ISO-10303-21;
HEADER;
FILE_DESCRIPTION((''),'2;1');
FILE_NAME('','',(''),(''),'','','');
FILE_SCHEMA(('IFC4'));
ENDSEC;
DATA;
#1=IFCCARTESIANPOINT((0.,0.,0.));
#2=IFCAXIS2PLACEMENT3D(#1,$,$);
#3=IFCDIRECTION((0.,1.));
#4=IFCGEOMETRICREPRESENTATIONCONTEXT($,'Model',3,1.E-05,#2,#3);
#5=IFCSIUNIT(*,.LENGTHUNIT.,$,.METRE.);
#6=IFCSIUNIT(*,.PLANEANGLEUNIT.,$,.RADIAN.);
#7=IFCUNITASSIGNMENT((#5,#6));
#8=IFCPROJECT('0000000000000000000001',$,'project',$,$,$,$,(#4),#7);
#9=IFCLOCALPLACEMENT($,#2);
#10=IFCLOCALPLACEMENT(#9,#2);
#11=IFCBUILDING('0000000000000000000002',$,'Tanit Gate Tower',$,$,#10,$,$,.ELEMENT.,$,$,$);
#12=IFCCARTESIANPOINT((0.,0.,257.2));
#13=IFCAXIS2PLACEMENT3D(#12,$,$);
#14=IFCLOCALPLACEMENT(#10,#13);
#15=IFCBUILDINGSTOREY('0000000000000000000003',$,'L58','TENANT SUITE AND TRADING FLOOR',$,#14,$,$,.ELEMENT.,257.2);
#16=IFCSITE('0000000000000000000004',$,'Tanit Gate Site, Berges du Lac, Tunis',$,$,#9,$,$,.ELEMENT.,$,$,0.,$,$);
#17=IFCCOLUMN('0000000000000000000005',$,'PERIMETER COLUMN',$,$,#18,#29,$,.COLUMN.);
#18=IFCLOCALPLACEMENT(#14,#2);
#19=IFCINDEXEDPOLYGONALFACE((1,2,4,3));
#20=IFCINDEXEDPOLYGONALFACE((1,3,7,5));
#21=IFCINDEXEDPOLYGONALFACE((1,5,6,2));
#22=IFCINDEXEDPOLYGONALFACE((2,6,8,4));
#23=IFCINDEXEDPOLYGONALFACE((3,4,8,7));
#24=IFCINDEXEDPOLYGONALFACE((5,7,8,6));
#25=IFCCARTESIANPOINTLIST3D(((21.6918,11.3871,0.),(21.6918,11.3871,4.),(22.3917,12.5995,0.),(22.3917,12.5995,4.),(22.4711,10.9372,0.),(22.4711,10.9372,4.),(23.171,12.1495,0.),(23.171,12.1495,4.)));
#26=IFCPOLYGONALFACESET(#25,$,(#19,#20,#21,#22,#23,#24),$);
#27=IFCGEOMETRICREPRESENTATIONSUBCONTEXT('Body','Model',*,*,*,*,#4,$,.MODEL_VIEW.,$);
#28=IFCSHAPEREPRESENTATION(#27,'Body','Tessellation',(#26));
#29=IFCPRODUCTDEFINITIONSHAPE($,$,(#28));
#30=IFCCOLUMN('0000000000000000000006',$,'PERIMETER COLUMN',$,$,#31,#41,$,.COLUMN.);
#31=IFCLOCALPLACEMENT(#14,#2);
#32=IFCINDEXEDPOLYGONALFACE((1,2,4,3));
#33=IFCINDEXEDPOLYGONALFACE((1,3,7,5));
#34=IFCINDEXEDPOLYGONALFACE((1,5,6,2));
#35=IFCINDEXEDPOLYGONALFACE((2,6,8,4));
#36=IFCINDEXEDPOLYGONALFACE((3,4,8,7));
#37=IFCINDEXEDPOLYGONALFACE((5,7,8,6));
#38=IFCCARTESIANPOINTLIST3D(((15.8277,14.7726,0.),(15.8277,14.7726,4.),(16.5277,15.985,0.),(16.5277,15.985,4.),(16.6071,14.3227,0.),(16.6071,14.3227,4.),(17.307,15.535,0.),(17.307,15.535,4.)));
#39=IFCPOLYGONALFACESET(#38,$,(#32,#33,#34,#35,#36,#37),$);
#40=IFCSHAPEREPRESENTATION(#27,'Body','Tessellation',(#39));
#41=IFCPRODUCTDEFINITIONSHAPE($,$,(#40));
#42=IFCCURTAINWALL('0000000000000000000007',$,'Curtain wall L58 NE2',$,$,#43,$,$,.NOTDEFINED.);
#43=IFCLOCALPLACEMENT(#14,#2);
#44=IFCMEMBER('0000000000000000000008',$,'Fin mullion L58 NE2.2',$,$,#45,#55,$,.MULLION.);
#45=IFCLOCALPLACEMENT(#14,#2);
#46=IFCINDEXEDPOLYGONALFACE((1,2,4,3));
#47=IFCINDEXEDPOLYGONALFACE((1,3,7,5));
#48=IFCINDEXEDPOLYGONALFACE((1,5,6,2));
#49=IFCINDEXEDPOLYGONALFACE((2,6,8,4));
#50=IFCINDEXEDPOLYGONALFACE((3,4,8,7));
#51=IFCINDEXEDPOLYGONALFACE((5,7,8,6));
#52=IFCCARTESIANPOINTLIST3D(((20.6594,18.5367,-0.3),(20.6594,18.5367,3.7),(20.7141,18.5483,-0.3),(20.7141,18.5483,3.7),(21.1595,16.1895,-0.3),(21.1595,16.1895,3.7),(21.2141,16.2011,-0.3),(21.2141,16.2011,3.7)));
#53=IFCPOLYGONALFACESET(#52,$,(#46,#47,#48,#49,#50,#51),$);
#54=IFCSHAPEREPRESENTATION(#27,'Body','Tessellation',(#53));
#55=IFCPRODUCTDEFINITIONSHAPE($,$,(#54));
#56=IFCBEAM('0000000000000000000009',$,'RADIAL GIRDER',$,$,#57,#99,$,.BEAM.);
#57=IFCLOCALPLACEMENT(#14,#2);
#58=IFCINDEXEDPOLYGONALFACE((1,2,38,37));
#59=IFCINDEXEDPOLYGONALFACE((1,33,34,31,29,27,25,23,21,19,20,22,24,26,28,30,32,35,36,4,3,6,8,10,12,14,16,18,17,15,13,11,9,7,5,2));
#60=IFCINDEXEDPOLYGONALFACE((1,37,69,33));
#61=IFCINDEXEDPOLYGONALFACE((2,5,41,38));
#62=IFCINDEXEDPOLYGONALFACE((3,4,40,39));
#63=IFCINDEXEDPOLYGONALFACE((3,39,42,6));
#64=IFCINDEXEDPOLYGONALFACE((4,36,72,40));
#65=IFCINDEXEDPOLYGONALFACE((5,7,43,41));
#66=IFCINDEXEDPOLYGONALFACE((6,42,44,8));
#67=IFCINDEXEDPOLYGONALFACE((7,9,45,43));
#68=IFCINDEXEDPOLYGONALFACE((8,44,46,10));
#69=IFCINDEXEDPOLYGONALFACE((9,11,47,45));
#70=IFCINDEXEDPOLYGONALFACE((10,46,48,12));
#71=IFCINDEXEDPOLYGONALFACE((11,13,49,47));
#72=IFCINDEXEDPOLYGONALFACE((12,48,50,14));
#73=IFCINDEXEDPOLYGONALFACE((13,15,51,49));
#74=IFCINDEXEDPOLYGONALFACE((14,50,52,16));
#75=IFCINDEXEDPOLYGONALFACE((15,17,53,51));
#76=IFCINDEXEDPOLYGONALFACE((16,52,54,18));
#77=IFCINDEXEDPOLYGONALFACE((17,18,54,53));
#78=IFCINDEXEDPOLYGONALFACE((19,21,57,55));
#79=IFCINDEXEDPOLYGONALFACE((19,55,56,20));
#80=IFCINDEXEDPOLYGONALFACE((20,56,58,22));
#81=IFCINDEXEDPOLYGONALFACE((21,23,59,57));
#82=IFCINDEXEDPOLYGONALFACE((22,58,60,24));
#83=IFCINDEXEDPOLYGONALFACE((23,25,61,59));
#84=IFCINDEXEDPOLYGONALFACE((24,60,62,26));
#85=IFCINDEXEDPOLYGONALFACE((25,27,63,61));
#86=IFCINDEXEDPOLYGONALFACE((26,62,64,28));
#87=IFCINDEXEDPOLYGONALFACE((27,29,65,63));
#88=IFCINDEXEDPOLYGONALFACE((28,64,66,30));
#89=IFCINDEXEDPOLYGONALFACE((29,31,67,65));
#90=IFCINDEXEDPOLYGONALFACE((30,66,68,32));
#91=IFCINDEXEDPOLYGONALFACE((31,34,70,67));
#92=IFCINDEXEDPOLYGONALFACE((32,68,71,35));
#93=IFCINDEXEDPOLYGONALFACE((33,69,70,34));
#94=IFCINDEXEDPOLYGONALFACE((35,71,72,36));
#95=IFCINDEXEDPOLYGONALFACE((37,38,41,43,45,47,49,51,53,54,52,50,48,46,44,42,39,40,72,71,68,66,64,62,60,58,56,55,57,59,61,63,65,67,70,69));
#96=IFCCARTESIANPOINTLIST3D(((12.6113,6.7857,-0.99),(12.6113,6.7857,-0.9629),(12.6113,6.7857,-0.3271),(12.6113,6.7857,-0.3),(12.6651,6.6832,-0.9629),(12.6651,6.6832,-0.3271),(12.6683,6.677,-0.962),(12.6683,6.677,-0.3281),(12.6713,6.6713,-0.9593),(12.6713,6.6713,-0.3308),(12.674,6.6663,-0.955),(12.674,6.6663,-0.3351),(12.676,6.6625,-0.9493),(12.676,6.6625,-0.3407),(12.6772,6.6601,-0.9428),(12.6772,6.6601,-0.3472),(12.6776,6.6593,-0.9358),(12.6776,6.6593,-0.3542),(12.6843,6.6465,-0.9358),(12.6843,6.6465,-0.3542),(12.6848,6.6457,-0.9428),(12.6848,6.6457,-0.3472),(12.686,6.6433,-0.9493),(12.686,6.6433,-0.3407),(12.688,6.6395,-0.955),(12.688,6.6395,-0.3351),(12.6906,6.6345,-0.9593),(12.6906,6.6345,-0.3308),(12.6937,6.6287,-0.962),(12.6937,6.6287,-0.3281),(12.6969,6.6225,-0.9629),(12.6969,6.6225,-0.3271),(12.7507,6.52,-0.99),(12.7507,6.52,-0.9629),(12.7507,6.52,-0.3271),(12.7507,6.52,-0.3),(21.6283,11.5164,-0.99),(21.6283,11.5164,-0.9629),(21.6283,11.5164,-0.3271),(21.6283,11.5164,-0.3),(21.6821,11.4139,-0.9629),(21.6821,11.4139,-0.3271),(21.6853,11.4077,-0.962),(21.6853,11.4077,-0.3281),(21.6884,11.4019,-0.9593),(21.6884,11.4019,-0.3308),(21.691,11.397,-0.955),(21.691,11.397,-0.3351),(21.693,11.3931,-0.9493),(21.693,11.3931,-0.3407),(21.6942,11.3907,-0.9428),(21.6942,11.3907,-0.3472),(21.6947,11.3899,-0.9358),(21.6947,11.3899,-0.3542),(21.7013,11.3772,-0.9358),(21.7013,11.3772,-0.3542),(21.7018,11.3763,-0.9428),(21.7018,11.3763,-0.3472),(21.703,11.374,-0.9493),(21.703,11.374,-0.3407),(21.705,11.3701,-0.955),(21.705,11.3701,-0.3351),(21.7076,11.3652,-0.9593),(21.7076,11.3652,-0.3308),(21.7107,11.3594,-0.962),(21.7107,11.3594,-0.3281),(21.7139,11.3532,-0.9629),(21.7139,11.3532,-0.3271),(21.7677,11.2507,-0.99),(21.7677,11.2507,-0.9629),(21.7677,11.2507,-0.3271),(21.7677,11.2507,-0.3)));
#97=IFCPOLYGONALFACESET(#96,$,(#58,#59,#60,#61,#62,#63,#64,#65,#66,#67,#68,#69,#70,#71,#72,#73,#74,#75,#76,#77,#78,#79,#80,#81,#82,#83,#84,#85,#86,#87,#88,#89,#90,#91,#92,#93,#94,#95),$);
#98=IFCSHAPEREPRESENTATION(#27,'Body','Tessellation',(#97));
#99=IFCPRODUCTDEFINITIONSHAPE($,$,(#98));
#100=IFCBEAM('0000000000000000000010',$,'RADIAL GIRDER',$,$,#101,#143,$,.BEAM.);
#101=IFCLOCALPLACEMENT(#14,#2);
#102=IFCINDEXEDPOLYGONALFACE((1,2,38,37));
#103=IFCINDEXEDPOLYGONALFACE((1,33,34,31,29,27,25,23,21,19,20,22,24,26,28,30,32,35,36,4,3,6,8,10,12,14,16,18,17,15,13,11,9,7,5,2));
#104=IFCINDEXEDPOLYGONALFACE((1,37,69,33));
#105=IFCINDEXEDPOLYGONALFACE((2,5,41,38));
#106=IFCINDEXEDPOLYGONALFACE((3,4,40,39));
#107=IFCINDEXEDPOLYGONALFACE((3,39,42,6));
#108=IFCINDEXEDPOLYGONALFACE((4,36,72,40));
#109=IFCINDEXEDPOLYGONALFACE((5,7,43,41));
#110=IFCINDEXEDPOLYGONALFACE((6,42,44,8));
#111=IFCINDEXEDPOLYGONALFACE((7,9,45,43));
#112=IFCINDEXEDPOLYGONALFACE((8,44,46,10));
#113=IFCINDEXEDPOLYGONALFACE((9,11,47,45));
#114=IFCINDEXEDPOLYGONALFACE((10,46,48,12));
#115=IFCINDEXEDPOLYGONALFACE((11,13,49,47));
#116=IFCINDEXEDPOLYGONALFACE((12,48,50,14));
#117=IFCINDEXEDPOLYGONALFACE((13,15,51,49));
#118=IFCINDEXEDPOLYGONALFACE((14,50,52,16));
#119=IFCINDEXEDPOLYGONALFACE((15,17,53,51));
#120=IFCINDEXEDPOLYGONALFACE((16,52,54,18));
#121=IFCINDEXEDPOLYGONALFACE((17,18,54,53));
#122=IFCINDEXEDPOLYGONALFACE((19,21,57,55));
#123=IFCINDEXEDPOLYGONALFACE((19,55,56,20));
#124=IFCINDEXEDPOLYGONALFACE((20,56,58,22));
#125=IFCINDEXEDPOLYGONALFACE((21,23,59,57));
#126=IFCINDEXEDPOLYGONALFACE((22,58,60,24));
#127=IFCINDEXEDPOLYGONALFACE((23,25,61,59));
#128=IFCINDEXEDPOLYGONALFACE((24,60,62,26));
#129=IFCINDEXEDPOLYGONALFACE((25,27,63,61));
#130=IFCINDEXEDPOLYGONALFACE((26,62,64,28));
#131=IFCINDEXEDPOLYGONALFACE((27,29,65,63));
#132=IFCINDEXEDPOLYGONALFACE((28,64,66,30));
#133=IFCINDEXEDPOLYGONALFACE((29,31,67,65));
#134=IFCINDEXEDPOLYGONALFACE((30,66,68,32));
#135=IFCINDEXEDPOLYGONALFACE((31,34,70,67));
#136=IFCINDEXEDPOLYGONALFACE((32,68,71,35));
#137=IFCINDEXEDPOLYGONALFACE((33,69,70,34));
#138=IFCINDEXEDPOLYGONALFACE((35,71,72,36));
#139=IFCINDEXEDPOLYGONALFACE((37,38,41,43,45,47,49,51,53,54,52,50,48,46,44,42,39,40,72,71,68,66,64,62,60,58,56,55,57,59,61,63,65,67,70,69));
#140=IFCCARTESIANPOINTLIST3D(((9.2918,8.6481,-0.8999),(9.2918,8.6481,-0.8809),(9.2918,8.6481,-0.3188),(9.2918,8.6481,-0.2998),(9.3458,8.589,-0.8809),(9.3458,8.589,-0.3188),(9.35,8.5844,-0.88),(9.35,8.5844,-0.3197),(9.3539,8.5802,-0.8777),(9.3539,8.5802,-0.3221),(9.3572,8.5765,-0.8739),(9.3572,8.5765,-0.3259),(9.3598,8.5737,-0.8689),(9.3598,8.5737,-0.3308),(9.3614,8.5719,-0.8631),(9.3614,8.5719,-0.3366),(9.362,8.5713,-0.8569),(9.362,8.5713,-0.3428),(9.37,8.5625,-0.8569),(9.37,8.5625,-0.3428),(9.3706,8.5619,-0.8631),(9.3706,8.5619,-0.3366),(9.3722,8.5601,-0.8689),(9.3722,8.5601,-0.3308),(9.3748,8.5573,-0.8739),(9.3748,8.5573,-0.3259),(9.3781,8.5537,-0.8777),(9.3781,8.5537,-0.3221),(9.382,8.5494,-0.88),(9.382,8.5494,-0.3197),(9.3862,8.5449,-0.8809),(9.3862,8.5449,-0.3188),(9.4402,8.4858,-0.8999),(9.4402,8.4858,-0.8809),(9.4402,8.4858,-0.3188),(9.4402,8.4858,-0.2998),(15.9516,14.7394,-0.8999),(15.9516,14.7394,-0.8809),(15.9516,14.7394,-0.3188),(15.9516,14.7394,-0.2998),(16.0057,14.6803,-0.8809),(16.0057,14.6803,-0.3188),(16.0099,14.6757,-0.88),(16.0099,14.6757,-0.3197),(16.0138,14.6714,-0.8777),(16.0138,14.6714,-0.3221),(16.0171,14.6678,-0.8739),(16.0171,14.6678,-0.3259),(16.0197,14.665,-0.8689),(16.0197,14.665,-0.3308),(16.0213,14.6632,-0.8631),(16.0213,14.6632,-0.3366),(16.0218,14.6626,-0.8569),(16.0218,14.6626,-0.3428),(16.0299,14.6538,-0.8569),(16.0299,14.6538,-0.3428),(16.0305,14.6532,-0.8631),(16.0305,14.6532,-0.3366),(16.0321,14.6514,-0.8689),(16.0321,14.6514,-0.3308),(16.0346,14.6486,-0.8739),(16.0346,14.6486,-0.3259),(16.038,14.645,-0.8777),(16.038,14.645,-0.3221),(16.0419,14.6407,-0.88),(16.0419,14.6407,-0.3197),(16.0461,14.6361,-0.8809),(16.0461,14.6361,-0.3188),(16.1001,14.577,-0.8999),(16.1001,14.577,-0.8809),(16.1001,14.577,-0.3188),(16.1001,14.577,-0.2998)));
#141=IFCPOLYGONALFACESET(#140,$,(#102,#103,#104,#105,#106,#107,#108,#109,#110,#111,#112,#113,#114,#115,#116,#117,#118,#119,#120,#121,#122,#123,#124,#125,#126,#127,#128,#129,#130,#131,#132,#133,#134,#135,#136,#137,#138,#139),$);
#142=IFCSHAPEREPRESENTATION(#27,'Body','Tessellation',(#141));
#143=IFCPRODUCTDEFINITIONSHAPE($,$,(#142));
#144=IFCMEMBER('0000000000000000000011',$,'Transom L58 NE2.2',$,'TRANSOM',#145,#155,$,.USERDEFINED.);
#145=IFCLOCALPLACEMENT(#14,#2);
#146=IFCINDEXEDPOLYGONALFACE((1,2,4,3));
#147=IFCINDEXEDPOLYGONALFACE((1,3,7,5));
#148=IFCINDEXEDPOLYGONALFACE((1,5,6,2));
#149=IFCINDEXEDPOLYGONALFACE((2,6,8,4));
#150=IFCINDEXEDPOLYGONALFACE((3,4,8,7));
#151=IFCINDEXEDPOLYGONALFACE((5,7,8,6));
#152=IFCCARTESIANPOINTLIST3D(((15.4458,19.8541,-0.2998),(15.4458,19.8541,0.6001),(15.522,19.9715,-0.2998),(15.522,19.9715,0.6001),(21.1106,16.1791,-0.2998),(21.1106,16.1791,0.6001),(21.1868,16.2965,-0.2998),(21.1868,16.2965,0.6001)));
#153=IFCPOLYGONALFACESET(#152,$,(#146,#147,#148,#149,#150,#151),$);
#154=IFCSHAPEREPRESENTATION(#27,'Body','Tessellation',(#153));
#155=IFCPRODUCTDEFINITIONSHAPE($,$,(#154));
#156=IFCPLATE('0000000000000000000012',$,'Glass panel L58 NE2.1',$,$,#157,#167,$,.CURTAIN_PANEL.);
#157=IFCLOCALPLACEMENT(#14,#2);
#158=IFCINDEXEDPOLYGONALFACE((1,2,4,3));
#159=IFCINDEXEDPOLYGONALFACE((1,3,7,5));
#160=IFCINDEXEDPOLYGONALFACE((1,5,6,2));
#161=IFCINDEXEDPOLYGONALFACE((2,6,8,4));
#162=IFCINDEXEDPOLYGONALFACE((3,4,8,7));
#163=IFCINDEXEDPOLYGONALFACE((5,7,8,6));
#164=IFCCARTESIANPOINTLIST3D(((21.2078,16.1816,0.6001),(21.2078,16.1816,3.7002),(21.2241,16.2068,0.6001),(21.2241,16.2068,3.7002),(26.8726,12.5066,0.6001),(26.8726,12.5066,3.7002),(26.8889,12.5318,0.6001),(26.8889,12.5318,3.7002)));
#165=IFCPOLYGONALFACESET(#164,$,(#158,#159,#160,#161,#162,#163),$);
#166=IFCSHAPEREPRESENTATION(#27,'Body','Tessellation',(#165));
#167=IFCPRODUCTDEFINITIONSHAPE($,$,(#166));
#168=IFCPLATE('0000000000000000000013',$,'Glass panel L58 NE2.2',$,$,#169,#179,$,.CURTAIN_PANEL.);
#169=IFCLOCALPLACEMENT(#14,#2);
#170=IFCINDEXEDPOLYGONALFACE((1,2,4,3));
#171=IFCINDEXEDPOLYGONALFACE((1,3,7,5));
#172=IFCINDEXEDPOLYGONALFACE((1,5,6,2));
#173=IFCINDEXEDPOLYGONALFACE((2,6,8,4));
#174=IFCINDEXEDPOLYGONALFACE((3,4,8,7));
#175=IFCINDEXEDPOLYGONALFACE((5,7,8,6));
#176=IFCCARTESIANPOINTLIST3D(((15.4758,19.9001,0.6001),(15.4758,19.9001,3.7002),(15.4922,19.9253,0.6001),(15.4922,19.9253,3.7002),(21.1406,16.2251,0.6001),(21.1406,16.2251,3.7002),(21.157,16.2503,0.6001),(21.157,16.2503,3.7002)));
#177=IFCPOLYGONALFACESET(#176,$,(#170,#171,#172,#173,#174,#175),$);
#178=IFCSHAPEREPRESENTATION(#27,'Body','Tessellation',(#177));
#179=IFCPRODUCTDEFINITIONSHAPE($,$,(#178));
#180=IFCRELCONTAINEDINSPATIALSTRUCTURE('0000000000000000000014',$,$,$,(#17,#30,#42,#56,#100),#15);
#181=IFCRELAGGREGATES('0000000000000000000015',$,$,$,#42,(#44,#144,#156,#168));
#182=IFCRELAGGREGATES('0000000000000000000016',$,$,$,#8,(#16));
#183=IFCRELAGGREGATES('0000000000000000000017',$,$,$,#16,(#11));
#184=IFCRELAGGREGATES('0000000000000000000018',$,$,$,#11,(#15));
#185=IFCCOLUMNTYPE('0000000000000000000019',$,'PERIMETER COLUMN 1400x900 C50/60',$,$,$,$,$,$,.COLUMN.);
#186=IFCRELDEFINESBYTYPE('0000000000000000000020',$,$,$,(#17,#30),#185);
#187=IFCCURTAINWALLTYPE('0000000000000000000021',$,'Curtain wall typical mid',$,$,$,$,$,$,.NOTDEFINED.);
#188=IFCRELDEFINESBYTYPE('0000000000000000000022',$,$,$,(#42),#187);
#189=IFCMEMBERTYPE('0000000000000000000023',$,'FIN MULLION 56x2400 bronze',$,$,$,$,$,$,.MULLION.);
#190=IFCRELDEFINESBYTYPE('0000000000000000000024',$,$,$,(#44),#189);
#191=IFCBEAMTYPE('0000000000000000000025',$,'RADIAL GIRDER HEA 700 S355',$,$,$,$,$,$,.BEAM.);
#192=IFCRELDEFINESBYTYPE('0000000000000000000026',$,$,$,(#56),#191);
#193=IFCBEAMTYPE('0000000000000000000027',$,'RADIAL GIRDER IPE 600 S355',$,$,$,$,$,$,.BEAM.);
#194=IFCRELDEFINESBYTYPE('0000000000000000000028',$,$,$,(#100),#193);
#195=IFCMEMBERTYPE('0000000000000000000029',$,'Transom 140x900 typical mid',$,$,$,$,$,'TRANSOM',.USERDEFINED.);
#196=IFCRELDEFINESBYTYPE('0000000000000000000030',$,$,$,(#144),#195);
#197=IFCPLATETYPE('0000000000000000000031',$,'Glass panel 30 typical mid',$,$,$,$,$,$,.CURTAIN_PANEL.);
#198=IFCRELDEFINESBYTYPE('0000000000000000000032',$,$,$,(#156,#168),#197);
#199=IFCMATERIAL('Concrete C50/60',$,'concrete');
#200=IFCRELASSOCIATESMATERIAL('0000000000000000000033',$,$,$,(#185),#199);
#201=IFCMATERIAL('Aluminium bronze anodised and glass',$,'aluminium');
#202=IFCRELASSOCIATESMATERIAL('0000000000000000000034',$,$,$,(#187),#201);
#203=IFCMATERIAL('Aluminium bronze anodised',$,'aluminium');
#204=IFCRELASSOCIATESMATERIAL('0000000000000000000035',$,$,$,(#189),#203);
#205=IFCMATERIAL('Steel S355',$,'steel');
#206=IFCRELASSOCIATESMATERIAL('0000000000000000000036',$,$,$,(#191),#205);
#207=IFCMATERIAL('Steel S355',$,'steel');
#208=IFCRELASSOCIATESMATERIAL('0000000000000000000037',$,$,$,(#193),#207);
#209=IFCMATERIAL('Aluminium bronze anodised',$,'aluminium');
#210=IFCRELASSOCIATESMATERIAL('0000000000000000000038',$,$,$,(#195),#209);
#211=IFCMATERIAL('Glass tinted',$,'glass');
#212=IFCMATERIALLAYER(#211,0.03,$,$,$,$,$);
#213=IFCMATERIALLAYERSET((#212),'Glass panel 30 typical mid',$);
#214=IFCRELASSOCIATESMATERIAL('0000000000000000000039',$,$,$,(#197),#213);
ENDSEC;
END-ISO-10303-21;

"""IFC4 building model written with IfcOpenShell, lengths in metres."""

from ifc_helpers import new_model, si_unit, direction, frame, origin, origin_2d, place, context, subcontext, project, spatial, rectangle, i_section, extrude, material, layer, layer_set, material_profile, profile_set, type_object, element, aggregate, save


model = new_model("IFC4")

# Units and contexts
model_context = context("Model", 3, precision=1e-05, world=origin(), true_north=direction((0.0, 1.0)))
body_context = subcontext(model_context, "Body", "Model", "MODEL_VIEW")
ifc_project = project(units=[si_unit("LENGTHUNIT", "METRE"), si_unit("PLANEANGLEUNIT", "RADIAN")], contexts=[model_context])

# Site, building, storey
site_placement = place(None, origin())
site = spatial("IfcSite", under=ifc_project, at=site_placement, Name="Tanit Gate Site, Berges du Lac, Tunis", CompositionType="ELEMENT", RefElevation=0.0)
building_placement = place(site_placement, origin())
building = spatial("IfcBuilding", under=site, at=building_placement, Name="Tanit Gate Tower", CompositionType="ELEMENT")
storey_placement = place(building_placement, frame((0.0, 0.0, 257.2)))
storey = spatial("IfcBuildingStorey", under=building, at=storey_placement, Name="L58", Description="TENANT SUITE AND TRADING FLOOR", CompositionType="ELEMENT", Elevation=257.2)

# Columns
ifc_material_1 = material(Name="Concrete C50/60", Category="concrete")
ifc_material_profile_1 = material_profile(ifc_material_1, rectangle(XDim=1.3999, YDim=0.8999, at=origin_2d()), Name="RC 1400x900")
ifc_profile_set_1 = profile_set([ifc_material_profile_1], Name="Concrete C50/60")
column_type = type_object("IfcColumnType", Name="PERIMETER COLUMN 1400x900 C50/60", PredefinedType="COLUMN", material=ifc_profile_set_1)
for number, where, z_axis, x_axis, name in (
    (1, (22.4314, 11.7683, 0.0), (0.0, 0.0, 1.0), (0.5, 0.866025, 0.0), "PERIMETER COLUMN"),
    (2, (16.5674, 15.1538, 0.0), (0.0, 0.0, 1.0), (0.5, 0.866025, 0.0), "PERIMETER COLUMN"),
):
    element("IfcColumn", number, at=place(storey_placement, frame(where, z_axis=z_axis, x_axis=x_axis)), inside=storey, type_object=column_type, Name=name, PredefinedType="COLUMN", context=body_context, shape_type="SweptSolid", body=[
        extrude(rectangle(XDim=1.3999, YDim=0.8999, at=origin_2d()), origin(), (0.0, 0.0, 1.0), 4.0),
    ])

# Curtain wall, member
ifc_material_2 = material(Name="Aluminium bronze anodised and glass", Category="aluminium")
curtain_wall_type = type_object("IfcCurtainWallType", Name="Curtain wall typical mid", PredefinedType="NOTDEFINED", material=ifc_material_2)
curtain_wall_placement = place(storey_placement, origin())
curtain_wall = element("IfcCurtainWall", 3, at=curtain_wall_placement, inside=storey, type_object=curtain_wall_type, Name="Curtain wall L58 NE2", PredefinedType="NOTDEFINED")
ifc_material_3 = material(Name="Aluminium bronze anodised", Category="aluminium")
ifc_material_profile_2 = material_profile(ifc_material_3, rectangle(XDim=2.3999, YDim=0.0559, at=origin_2d()), Name="56x2400 bronze fin mullion")
ifc_profile_set_2 = profile_set([ifc_material_profile_2], Name="Aluminium bronze anodised")
member_type_1 = type_object("IfcMemberType", Name="FIN MULLION 56x2400 bronze", PredefinedType="MULLION", material=ifc_profile_set_2)
member_1_placement = place(storey_placement, frame((20.9368, 17.3689, -0.3), z_axis=(0.0, 0.0, 1.0), x_axis=(0.208373, -0.978049, 0.0)))
member_1 = element("IfcMember", 4, at=member_1_placement, type_object=member_type_1, Name="Fin mullion L58 NE2.2", PredefinedType="MULLION", context=body_context, shape_type="SweptSolid", body=[
    extrude(rectangle(XDim=2.3999, YDim=0.0559, at=origin_2d()), origin(), (0.0, 0.0, 1.0), 4.0),
])

# Beams
ifc_material_4 = material(Name="Steel S355", Category="steel")
ifc_material_profile_3 = material_profile(ifc_material_4, i_section(OverallWidth=0.3, OverallDepth=0.6899, WebThickness=0.0144, FlangeThickness=0.0271, FilletRadius=0.0271, at=origin_2d()), Name="HEA 700")
ifc_profile_set_3 = profile_set([ifc_material_profile_3], Name="Steel S355")
beam_type_1 = type_object("IfcBeamType", Name="RADIAL GIRDER HEA 700 S355", PredefinedType="BEAM", material=ifc_profile_set_3)
beam_1_placement = place(storey_placement, frame((21.698, 11.3835, -0.645), z_axis=(-0.88553, -0.464583, 0.0), x_axis=(0.464583, -0.88553, 0.0)))
element("IfcBeam", 5, at=beam_1_placement, inside=storey, type_object=beam_type_1, Name="RADIAL GIRDER", PredefinedType="BEAM", context=body_context, shape_type="SweptSolid", body=[
    extrude(i_section(OverallWidth=0.3, OverallDepth=0.6899, WebThickness=0.0144, FlangeThickness=0.0271, FilletRadius=0.0271, at=origin_2d()), origin(), (0.0, 0.0, 1.0), 10.1826),
])
ifc_material_5 = material(Name="Steel S355", Category="steel")
ifc_material_profile_4 = material_profile(ifc_material_5, i_section(OverallWidth=0.22, OverallDepth=0.6001, WebThickness=0.012, FlangeThickness=0.019, FilletRadius=0.0239, at=origin_2d()), Name="IPE 600")
ifc_profile_set_4 = profile_set([ifc_material_profile_4], Name="Steel S355")
beam_type_2 = type_object("IfcBeamType", Name="RADIAL GIRDER IPE 600 S355", PredefinedType="BEAM", material=ifc_profile_set_4)
beam_2_placement = place(storey_placement, frame((16.0259, 14.6582, -0.5999), z_axis=(-0.737905, -0.674905, 0.0), x_axis=(0.674905, -0.737905, 0.0)))
element("IfcBeam", 6, at=beam_2_placement, inside=storey, type_object=beam_type_2, Name="RADIAL GIRDER", PredefinedType="BEAM", context=body_context, shape_type="SweptSolid", body=[
    extrude(i_section(OverallWidth=0.22, OverallDepth=0.6001, WebThickness=0.012, FlangeThickness=0.019, FilletRadius=0.0239, at=origin_2d()), origin(), (0.0, 0.0, 1.0), 9.0254),
])

# Member
ifc_material_6 = material(Name="Aluminium bronze anodised", Category="aluminium")
ifc_material_profile_5 = material_profile(ifc_material_6, rectangle(XDim=0.1399, YDim=0.8999, at=origin_2d()), Name="140x900 bronze transom")
ifc_profile_set_5 = profile_set([ifc_material_profile_5], Name="Aluminium bronze anodised")
member_type_2 = type_object("IfcMemberType", Name="Transom 140x900 typical mid", ElementType="TRANSOM", PredefinedType="USERDEFINED", material=ifc_profile_set_5)
member_2_placement = place(storey_placement, frame((21.1487, 16.2378, 0.1501), z_axis=(-0.838922, 0.544252, 0.0), x_axis=(-0.544252, -0.838922, 0.0)))
member_2 = element("IfcMember", 7, at=member_2_placement, type_object=member_type_2, Name="Transom L58 NE2.2", ObjectType="TRANSOM", PredefinedType="USERDEFINED", context=body_context, shape_type="SweptSolid", body=[
    extrude(rectangle(XDim=0.1399, YDim=0.8999, at=origin_2d()), origin(), (0.0, 0.0, 1.0), 6.7524),
])

# Plates
ifc_material_7 = material(Name="Glass tinted", Category="glass")
ifc_layer_1 = layer(ifc_material_7, 0.03)
ifc_layer_set_1 = layer_set([ifc_layer_1], Name="Glass panel 30 typical mid")
plate_type = type_object("IfcPlateType", Name="Glass panel 30 typical mid", PredefinedType="CURTAIN_PANEL", material=ifc_layer_set_1)
plate_1_placement = place(storey_placement, frame((24.0483, 14.3567, 0.6001), z_axis=(0.0, 0.0, 1.0), x_axis=(-0.838927, 0.544243, 0.0)))
plate_1 = element("IfcPlate", 8, at=plate_1_placement, type_object=plate_type, Name="Glass panel L58 NE2.1", PredefinedType="CURTAIN_PANEL", context=body_context, shape_type="SweptSolid", body=[
    extrude(rectangle(XDim=6.7524, YDim=0.03, at=origin_2d()), origin(), (0.0, 0.0, 1.0), 3.1001),
])
plate_2_placement = place(storey_placement, frame((18.3164, 18.0752, 0.6001), z_axis=(0.0, 0.0, 1.0), x_axis=(-0.838927, 0.544243, 0.0)))
plate_2 = element("IfcPlate", 9, at=plate_2_placement, type_object=plate_type, Name="Glass panel L58 NE2.2", PredefinedType="CURTAIN_PANEL", context=body_context, shape_type="SweptSolid", body=[
    extrude(rectangle(XDim=6.7524, YDim=0.03, at=origin_2d()), origin(), (0.0, 0.0, 1.0), 3.1001),
])
aggregate(curtain_wall, [member_1, member_2, plate_1, plate_2])

save(model, "model.ifc")
